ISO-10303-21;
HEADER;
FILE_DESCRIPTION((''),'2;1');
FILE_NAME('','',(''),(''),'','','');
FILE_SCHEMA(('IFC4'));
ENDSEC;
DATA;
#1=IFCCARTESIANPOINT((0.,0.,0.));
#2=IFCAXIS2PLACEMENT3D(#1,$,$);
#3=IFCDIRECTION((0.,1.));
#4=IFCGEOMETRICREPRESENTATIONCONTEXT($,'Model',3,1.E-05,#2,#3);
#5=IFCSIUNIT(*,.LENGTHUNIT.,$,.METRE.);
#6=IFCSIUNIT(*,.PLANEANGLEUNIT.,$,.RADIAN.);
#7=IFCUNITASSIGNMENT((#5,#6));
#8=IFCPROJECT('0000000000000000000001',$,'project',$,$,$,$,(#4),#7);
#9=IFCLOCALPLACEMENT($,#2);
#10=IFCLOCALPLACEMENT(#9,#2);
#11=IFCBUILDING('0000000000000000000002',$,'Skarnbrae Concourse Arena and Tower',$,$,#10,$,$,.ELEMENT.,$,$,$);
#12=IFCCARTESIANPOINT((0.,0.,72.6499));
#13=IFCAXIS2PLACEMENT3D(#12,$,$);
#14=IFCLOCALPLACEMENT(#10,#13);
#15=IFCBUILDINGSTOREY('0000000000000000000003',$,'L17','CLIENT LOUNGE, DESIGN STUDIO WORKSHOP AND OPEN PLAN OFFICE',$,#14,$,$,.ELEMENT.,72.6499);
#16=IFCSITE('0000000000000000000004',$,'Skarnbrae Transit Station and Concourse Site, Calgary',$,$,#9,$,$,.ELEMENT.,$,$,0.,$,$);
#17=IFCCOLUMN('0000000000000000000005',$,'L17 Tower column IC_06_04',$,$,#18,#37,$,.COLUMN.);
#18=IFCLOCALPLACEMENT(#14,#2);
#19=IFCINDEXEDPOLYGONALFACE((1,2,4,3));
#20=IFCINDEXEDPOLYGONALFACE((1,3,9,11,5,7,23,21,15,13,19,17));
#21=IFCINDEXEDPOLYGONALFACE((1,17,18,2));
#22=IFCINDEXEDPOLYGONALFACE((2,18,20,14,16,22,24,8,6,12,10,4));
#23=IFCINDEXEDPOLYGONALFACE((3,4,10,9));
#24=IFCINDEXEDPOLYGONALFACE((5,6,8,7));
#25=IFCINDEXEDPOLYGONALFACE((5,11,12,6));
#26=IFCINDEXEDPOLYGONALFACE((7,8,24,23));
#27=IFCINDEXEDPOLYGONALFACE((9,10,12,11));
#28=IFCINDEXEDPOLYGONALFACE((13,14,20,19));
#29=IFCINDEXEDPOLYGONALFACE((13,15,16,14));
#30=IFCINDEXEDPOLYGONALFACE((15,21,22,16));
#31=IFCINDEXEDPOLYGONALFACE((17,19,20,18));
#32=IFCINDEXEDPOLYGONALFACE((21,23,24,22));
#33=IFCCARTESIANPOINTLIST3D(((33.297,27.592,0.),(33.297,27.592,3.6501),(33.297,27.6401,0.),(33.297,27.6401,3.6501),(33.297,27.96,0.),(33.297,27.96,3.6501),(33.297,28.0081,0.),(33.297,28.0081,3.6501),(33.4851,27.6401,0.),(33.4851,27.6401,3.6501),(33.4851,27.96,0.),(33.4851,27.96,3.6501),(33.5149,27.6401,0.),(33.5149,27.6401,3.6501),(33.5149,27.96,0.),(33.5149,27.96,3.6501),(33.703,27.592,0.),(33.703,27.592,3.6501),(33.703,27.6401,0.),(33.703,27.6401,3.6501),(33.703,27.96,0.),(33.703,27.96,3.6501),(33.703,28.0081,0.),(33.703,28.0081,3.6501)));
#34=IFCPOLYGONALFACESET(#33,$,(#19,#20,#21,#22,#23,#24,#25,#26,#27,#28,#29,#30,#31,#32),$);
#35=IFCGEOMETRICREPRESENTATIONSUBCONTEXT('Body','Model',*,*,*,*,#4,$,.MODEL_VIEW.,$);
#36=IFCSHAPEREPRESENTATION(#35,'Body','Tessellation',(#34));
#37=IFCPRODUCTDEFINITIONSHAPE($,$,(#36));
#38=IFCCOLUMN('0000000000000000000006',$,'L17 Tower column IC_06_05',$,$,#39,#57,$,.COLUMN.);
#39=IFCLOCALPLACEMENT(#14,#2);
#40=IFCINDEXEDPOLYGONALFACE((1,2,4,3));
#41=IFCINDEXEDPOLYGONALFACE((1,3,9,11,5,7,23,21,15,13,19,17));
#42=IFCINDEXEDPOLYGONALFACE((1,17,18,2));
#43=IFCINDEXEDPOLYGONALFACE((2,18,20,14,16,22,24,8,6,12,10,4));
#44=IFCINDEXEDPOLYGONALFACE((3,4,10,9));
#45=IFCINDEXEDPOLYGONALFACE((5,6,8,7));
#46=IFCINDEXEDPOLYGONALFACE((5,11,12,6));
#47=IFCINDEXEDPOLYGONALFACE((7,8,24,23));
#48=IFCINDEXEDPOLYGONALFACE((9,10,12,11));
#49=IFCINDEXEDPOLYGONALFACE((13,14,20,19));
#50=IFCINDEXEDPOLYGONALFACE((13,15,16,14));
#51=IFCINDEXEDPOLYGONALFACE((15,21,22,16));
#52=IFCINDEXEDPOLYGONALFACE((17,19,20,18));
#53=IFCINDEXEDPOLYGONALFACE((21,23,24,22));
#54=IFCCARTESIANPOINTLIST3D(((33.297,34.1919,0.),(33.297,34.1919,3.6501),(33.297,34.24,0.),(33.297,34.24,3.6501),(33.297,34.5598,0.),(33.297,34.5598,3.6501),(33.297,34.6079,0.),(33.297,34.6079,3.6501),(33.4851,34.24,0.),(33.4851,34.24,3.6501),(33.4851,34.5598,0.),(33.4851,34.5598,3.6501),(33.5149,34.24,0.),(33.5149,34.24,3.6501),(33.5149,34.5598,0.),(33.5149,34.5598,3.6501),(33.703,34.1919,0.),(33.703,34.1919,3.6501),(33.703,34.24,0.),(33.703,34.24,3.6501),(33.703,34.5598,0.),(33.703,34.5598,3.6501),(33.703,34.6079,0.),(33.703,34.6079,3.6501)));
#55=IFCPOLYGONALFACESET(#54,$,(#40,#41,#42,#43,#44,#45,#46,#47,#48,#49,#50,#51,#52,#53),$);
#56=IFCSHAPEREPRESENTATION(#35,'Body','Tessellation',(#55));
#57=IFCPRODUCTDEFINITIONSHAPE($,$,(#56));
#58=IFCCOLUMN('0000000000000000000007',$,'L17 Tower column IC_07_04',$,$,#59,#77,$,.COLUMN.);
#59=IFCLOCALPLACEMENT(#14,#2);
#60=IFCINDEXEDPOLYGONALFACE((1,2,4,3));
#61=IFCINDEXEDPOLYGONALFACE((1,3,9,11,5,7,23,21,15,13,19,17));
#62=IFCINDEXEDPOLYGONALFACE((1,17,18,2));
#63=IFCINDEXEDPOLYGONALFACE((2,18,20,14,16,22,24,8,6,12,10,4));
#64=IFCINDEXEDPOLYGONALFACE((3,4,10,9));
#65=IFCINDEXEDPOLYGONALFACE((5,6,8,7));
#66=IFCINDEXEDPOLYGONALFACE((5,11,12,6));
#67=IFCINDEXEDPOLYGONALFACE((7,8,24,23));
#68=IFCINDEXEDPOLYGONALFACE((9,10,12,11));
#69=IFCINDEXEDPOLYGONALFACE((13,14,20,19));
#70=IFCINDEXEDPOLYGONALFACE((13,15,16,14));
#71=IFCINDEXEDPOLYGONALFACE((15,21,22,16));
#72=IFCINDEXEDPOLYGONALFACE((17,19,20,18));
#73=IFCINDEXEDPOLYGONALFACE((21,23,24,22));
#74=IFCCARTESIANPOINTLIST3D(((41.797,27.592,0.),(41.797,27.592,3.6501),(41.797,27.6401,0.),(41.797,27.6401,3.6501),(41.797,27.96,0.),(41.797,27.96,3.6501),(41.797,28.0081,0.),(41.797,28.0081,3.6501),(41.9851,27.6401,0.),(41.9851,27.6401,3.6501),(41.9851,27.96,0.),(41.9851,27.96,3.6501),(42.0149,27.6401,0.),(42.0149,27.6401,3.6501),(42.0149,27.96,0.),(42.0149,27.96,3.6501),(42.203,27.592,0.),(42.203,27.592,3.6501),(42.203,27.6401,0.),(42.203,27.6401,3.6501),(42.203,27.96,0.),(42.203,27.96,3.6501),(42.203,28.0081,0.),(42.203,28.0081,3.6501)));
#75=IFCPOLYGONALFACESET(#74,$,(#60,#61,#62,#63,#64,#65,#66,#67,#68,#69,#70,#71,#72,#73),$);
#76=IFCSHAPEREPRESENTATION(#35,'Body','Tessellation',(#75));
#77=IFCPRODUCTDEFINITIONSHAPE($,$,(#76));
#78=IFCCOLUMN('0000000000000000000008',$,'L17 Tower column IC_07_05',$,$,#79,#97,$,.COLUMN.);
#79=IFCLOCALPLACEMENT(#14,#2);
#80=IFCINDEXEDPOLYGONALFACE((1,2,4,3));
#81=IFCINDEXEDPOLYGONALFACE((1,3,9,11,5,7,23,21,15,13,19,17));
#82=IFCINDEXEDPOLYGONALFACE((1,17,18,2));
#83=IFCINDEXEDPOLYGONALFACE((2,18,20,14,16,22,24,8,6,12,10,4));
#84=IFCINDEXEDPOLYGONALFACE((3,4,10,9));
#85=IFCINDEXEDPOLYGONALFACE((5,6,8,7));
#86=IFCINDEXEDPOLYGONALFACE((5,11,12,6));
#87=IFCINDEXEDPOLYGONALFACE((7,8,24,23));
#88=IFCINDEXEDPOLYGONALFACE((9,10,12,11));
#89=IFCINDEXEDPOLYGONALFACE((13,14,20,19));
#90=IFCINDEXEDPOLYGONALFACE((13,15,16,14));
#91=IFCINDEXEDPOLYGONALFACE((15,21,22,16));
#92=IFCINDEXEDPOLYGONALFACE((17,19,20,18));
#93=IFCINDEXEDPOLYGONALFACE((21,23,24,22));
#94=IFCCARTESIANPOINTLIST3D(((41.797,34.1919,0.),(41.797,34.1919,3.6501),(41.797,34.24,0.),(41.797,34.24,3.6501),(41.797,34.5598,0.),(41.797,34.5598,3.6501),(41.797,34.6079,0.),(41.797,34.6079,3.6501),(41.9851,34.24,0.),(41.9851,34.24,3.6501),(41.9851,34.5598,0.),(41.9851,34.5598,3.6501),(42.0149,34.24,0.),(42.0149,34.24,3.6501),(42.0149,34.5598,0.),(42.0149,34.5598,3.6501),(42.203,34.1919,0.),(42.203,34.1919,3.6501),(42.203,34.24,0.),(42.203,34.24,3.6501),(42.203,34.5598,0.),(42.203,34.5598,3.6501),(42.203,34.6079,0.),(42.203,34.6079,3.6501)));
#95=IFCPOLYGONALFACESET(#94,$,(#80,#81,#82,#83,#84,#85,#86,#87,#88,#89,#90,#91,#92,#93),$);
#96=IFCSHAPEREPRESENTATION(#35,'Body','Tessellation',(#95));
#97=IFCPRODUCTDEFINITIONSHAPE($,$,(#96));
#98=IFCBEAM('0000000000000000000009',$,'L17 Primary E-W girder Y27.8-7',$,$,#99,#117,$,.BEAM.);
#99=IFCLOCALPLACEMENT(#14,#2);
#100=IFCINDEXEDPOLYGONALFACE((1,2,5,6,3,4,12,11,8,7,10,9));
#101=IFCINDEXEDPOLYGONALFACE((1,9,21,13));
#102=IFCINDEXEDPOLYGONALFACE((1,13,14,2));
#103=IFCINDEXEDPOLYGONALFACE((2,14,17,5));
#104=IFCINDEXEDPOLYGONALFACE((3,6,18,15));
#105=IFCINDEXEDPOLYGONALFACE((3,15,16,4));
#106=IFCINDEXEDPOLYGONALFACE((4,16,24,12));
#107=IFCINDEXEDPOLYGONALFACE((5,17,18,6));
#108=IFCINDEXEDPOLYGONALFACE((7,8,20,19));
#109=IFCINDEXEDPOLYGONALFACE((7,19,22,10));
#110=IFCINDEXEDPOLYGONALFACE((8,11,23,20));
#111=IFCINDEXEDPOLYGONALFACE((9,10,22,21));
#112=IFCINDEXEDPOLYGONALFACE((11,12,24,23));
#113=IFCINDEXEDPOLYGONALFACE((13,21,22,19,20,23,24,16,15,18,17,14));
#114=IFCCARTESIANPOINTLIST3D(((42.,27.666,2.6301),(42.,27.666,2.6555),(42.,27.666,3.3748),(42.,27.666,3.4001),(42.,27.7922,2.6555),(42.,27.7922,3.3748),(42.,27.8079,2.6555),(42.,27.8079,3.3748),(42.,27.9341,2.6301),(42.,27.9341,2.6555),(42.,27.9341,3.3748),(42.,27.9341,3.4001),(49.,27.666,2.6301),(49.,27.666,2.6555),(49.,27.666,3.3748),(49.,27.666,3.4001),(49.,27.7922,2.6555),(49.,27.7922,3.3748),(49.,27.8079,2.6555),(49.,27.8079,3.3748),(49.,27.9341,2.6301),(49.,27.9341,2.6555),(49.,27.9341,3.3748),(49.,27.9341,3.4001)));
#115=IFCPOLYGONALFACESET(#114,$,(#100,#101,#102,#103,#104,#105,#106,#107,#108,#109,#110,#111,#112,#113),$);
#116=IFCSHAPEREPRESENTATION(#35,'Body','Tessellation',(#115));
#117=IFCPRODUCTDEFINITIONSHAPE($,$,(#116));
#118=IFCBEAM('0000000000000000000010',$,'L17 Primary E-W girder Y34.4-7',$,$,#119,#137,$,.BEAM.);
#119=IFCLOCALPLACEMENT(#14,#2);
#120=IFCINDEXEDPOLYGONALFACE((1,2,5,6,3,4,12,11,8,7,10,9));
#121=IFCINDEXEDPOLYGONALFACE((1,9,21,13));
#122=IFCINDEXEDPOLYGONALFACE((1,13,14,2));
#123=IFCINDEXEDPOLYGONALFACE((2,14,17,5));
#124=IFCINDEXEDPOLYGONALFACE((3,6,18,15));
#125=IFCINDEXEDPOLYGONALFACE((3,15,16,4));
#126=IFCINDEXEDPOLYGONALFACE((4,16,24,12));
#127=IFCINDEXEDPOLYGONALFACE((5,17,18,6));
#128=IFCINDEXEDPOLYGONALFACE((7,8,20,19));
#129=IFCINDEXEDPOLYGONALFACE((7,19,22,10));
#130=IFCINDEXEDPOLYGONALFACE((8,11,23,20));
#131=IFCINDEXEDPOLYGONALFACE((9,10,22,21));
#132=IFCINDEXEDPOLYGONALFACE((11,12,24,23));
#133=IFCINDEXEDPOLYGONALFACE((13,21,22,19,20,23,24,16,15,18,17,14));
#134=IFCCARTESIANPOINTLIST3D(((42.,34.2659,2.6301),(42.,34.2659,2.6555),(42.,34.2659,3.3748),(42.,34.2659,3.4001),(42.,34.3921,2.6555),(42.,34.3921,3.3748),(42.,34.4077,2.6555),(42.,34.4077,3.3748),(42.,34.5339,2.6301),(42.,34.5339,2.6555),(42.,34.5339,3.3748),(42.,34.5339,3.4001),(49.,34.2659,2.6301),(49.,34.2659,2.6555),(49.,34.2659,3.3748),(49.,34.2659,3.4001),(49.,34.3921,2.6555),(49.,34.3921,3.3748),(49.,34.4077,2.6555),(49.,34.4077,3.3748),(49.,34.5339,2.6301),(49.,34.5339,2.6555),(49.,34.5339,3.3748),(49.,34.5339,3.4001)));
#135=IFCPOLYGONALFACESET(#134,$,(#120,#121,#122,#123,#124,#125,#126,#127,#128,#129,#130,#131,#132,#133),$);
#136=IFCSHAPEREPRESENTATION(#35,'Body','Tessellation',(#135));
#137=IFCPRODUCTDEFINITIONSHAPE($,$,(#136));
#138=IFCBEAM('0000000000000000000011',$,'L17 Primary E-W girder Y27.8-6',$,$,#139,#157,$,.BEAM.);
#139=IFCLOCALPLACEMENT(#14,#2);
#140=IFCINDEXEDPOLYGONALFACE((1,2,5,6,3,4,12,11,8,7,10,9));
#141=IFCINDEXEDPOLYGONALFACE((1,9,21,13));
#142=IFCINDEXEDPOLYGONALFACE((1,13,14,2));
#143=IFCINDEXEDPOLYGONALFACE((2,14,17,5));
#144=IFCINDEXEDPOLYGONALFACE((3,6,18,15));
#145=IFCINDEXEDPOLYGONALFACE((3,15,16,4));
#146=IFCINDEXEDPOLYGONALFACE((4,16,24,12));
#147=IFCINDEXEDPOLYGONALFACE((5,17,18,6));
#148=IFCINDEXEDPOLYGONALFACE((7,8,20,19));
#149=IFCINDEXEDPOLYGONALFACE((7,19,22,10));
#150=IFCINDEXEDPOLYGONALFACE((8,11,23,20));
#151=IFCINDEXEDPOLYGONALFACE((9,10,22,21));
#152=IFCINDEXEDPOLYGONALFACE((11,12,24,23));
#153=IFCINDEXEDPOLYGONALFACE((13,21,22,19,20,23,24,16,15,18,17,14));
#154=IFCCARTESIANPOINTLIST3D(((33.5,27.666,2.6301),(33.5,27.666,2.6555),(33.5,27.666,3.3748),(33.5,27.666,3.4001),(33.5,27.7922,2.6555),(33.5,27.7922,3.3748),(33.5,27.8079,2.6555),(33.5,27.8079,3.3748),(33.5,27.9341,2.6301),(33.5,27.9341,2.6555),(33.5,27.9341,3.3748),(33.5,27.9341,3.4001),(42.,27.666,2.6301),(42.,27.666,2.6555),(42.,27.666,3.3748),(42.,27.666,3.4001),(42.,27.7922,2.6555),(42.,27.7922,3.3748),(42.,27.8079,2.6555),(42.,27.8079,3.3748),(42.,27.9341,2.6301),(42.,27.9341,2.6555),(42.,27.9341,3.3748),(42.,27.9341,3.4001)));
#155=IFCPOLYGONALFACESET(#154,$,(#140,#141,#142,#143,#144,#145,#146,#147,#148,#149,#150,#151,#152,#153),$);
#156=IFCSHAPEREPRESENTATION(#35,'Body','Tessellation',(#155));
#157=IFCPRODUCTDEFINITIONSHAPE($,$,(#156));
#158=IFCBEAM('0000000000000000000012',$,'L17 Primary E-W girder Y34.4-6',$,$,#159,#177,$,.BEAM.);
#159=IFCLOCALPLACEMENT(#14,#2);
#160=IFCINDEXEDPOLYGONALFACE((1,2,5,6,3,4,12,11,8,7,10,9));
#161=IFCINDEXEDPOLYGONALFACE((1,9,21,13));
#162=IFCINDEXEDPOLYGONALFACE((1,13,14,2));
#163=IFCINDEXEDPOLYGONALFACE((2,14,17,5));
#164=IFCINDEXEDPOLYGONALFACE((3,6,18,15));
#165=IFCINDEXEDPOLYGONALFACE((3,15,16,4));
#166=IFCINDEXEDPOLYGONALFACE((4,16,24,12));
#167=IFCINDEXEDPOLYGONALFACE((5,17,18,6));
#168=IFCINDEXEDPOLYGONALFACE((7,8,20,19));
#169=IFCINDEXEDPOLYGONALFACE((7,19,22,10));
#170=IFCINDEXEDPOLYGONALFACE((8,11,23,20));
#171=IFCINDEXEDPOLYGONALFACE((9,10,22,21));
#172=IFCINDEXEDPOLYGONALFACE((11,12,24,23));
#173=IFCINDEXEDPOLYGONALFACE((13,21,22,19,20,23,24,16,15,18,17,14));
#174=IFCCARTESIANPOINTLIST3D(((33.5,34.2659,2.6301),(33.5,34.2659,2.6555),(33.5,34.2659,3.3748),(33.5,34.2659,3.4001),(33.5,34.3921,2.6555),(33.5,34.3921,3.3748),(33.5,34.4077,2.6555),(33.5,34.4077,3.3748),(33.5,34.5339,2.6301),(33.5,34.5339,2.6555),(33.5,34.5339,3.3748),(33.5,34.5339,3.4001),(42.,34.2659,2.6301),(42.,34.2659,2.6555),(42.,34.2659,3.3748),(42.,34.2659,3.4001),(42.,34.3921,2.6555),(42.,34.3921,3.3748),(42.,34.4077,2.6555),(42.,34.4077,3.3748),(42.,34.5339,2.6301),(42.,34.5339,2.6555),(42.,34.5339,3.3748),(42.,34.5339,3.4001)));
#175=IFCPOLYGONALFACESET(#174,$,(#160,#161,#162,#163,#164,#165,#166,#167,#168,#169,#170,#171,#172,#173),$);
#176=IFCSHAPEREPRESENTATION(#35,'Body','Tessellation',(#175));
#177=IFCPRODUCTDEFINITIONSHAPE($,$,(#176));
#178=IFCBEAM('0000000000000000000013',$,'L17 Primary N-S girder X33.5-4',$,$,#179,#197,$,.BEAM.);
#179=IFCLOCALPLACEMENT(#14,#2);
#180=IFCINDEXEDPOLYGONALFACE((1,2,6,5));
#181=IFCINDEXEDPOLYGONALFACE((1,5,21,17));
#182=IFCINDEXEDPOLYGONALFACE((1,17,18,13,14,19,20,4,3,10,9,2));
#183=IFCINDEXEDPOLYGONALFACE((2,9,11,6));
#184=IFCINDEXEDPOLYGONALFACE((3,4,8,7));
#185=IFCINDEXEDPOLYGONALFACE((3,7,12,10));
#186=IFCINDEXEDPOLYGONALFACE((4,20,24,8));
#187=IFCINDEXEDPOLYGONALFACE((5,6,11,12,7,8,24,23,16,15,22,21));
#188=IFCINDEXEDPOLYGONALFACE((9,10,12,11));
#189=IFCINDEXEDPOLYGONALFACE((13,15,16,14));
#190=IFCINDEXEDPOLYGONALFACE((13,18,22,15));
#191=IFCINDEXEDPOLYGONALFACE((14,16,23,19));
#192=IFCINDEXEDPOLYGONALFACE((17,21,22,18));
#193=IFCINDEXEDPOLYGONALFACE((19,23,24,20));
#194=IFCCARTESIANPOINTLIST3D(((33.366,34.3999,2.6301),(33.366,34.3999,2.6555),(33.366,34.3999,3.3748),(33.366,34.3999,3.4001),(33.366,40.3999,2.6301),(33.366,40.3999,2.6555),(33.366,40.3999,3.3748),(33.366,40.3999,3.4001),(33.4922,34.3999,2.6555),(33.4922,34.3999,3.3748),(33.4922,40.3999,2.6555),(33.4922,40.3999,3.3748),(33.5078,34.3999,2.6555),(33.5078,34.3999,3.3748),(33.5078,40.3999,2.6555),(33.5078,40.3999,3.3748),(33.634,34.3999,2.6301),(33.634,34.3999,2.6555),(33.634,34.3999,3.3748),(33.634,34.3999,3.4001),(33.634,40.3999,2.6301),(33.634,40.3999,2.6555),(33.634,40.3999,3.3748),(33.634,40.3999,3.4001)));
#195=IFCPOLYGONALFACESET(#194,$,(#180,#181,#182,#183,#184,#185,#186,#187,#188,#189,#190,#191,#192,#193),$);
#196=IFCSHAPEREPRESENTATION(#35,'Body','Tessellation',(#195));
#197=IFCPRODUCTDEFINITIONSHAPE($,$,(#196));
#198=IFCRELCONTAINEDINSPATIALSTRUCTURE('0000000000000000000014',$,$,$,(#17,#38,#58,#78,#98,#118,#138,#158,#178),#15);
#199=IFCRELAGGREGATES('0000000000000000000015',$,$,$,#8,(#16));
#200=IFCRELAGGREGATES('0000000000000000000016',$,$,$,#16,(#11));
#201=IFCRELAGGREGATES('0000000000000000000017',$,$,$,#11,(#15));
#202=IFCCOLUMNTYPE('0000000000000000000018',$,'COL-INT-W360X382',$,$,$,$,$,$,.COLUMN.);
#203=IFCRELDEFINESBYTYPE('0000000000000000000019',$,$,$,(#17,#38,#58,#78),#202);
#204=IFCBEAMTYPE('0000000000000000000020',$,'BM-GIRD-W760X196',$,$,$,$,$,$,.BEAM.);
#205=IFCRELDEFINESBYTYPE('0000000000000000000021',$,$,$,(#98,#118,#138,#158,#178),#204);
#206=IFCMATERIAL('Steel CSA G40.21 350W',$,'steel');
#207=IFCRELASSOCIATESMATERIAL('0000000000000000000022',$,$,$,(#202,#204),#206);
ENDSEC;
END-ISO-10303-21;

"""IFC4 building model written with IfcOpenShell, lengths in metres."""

from ifc_helpers import new_model, si_unit, direction, frame, origin, origin_2d, place, context, subcontext, project, spatial, i_section, extrude, source, transform, mapped, material, material_profile, profile_set, type_object, element, save


model = new_model("IFC4")

# Units and contexts
model_context = context("Model", 3, precision=1e-05, world=origin(), true_north=direction((0.0, 1.0)))
body_context = subcontext(model_context, "Body", "Model", "MODEL_VIEW")
ifc_project = project(units=[si_unit("LENGTHUNIT", "METRE"), si_unit("PLANEANGLEUNIT", "RADIAN")], contexts=[model_context])

# Site, building, storey
site_placement = place(None, origin())
site = spatial("IfcSite", under=ifc_project, at=site_placement, Name="Skarnbrae Transit Station and Concourse Site, Calgary", CompositionType="ELEMENT", RefElevation=0.0)
building_placement = place(site_placement, origin())
building = spatial("IfcBuilding", under=site, at=building_placement, Name="Skarnbrae Concourse Arena and Tower", CompositionType="ELEMENT")
storey_placement = place(building_placement, frame((0.0, 0.0, 72.6499)))
storey = spatial("IfcBuildingStorey", under=building, at=storey_placement, Name="L17", Description="CLIENT LOUNGE, DESIGN STUDIO WORKSHOP AND OPEN PLAN OFFICE", CompositionType="ELEMENT", Elevation=72.6499)

# Columns
ifc_material_1 = material(Name="Steel CSA G40.21 350W", Category="steel")
ifc_material_profile_1 = material_profile(ifc_material_1, i_section(OverallWidth=0.406, OverallDepth=0.416, WebThickness=0.0298, FlangeThickness=0.0481, at=origin_2d()), Name="W360X382")
ifc_profile_set_1 = profile_set([ifc_material_profile_1], Name="Steel CSA G40.21 350W")
column_type = type_object("IfcColumnType", Name="COL-INT-W360X382", PredefinedType="COLUMN", material=ifc_profile_set_1)
shared_shape_1 = source(origin(), body_context, "Body", "SweptSolid", [
    extrude(i_section(OverallWidth=0.406, OverallDepth=0.416, WebThickness=0.0298, FlangeThickness=0.0481, at=origin_2d()), origin(), (0.0, 0.0, 1.0), 3.6501),
])
for number, where, z_axis, x_axis, name in (
    (1, (33.5, 27.8, 0.0), (0.0, 0.0, 1.0), (1.0, 0.0, 0.0), "L17 Tower column IC_06_04"),
    (2, (33.5, 34.3999, 0.0), (0.0, 0.0, 1.0), (1.0, 0.0, 0.0), "L17 Tower column IC_06_05"),
    (3, (42.0, 27.8, 0.0), (0.0, 0.0, 1.0), (1.0, 0.0, 0.0), "L17 Tower column IC_07_04"),
    (4, (42.0, 34.3999, 0.0), (0.0, 0.0, 1.0), (1.0, 0.0, 0.0), "L17 Tower column IC_07_05"),
):
    element("IfcColumn", number, at=place(storey_placement, frame(where, z_axis=z_axis, x_axis=x_axis)), inside=storey, type_object=column_type, Name=name, PredefinedType="COLUMN", context=body_context, shape_type="MappedRepresentation", body=[
        mapped(shared_shape_1, transform((0.0, 0.0, 0.0))),
    ])

# Beams
ifc_material_profile_2 = material_profile(ifc_material_1, i_section(OverallWidth=0.2681, OverallDepth=0.77, WebThickness=0.0156, FlangeThickness=0.0254, at=origin_2d()), Name="W760X196")
ifc_profile_set_2 = profile_set([ifc_material_profile_2], Name="Steel CSA G40.21 350W")
beam_type_1 = type_object("IfcBeamType", Name="BM-GIRD-W760X196", PredefinedType="BEAM", material=ifc_profile_set_2)
shared_shape_2 = source(origin(), body_context, "Body", "SweptSolid", [
    extrude(i_section(OverallWidth=0.2681, OverallDepth=0.77, WebThickness=0.0156, FlangeThickness=0.0254, at=origin_2d()), origin(), (0.0, 0.0, 1.0), 7.0),
])
for number, where, z_axis, x_axis, name in (
    (5, (42.0, 27.8, 3.0151), (1.0, 0.0, 0.0), (0.0, 1.0, 0.0), "L17 Primary E-W girder Y27.8-7"),
    (6, (42.0, 34.3999, 3.0151), (1.0, 0.0, 0.0), (0.0, 1.0, 0.0), "L17 Primary E-W girder Y34.4-7"),
):
    element("IfcBeam", number, at=place(storey_placement, frame(where, z_axis=z_axis, x_axis=x_axis)), inside=storey, type_object=beam_type_1, Name=name, PredefinedType="BEAM", context=body_context, shape_type="MappedRepresentation", body=[
        mapped(shared_shape_2, transform((0.0, 0.0, 0.0))),
    ])
shared_shape_3 = source(origin(), body_context, "Body", "SweptSolid", [
    extrude(i_section(OverallWidth=0.2681, OverallDepth=0.77, WebThickness=0.0156, FlangeThickness=0.0254, at=origin_2d()), origin(), (0.0, 0.0, 1.0), 8.5),
])
for number, where, z_axis, x_axis, name in (
    (7, (33.5, 27.8, 3.0151), (1.0, 0.0, 0.0), (0.0, 1.0, 0.0), "L17 Primary E-W girder Y27.8-6"),
    (8, (33.5, 34.3999, 3.0151), (1.0, 0.0, 0.0), (0.0, 1.0, 0.0), "L17 Primary E-W girder Y34.4-6"),
):
    element("IfcBeam", number, at=place(storey_placement, frame(where, z_axis=z_axis, x_axis=x_axis)), inside=storey, type_object=beam_type_1, Name=name, PredefinedType="BEAM", context=body_context, shape_type="MappedRepresentation", body=[
        mapped(shared_shape_3, transform((0.0, 0.0, 0.0))),
    ])
shared_shape_4 = source(origin(), body_context, "Body", "SweptSolid", [
    extrude(i_section(OverallWidth=0.2681, OverallDepth=0.77, WebThickness=0.0156, FlangeThickness=0.0254, at=origin_2d()), origin(), (0.0, 0.0, 1.0), 6.0),
])
beam_placement = place(storey_placement, frame((33.5, 34.3999, 3.0151), z_axis=(0.0, 1.0, 0.0), x_axis=(-1.0, 0.0, 0.0)))
element("IfcBeam", 9, at=beam_placement, inside=storey, type_object=beam_type_1, Name="L17 Primary N-S girder X33.5-4", PredefinedType="BEAM", context=body_context, shape_type="MappedRepresentation", body=[
    mapped(shared_shape_4, transform((0.0, 0.0, 0.0))),
])

save(model, "model.ifc")
